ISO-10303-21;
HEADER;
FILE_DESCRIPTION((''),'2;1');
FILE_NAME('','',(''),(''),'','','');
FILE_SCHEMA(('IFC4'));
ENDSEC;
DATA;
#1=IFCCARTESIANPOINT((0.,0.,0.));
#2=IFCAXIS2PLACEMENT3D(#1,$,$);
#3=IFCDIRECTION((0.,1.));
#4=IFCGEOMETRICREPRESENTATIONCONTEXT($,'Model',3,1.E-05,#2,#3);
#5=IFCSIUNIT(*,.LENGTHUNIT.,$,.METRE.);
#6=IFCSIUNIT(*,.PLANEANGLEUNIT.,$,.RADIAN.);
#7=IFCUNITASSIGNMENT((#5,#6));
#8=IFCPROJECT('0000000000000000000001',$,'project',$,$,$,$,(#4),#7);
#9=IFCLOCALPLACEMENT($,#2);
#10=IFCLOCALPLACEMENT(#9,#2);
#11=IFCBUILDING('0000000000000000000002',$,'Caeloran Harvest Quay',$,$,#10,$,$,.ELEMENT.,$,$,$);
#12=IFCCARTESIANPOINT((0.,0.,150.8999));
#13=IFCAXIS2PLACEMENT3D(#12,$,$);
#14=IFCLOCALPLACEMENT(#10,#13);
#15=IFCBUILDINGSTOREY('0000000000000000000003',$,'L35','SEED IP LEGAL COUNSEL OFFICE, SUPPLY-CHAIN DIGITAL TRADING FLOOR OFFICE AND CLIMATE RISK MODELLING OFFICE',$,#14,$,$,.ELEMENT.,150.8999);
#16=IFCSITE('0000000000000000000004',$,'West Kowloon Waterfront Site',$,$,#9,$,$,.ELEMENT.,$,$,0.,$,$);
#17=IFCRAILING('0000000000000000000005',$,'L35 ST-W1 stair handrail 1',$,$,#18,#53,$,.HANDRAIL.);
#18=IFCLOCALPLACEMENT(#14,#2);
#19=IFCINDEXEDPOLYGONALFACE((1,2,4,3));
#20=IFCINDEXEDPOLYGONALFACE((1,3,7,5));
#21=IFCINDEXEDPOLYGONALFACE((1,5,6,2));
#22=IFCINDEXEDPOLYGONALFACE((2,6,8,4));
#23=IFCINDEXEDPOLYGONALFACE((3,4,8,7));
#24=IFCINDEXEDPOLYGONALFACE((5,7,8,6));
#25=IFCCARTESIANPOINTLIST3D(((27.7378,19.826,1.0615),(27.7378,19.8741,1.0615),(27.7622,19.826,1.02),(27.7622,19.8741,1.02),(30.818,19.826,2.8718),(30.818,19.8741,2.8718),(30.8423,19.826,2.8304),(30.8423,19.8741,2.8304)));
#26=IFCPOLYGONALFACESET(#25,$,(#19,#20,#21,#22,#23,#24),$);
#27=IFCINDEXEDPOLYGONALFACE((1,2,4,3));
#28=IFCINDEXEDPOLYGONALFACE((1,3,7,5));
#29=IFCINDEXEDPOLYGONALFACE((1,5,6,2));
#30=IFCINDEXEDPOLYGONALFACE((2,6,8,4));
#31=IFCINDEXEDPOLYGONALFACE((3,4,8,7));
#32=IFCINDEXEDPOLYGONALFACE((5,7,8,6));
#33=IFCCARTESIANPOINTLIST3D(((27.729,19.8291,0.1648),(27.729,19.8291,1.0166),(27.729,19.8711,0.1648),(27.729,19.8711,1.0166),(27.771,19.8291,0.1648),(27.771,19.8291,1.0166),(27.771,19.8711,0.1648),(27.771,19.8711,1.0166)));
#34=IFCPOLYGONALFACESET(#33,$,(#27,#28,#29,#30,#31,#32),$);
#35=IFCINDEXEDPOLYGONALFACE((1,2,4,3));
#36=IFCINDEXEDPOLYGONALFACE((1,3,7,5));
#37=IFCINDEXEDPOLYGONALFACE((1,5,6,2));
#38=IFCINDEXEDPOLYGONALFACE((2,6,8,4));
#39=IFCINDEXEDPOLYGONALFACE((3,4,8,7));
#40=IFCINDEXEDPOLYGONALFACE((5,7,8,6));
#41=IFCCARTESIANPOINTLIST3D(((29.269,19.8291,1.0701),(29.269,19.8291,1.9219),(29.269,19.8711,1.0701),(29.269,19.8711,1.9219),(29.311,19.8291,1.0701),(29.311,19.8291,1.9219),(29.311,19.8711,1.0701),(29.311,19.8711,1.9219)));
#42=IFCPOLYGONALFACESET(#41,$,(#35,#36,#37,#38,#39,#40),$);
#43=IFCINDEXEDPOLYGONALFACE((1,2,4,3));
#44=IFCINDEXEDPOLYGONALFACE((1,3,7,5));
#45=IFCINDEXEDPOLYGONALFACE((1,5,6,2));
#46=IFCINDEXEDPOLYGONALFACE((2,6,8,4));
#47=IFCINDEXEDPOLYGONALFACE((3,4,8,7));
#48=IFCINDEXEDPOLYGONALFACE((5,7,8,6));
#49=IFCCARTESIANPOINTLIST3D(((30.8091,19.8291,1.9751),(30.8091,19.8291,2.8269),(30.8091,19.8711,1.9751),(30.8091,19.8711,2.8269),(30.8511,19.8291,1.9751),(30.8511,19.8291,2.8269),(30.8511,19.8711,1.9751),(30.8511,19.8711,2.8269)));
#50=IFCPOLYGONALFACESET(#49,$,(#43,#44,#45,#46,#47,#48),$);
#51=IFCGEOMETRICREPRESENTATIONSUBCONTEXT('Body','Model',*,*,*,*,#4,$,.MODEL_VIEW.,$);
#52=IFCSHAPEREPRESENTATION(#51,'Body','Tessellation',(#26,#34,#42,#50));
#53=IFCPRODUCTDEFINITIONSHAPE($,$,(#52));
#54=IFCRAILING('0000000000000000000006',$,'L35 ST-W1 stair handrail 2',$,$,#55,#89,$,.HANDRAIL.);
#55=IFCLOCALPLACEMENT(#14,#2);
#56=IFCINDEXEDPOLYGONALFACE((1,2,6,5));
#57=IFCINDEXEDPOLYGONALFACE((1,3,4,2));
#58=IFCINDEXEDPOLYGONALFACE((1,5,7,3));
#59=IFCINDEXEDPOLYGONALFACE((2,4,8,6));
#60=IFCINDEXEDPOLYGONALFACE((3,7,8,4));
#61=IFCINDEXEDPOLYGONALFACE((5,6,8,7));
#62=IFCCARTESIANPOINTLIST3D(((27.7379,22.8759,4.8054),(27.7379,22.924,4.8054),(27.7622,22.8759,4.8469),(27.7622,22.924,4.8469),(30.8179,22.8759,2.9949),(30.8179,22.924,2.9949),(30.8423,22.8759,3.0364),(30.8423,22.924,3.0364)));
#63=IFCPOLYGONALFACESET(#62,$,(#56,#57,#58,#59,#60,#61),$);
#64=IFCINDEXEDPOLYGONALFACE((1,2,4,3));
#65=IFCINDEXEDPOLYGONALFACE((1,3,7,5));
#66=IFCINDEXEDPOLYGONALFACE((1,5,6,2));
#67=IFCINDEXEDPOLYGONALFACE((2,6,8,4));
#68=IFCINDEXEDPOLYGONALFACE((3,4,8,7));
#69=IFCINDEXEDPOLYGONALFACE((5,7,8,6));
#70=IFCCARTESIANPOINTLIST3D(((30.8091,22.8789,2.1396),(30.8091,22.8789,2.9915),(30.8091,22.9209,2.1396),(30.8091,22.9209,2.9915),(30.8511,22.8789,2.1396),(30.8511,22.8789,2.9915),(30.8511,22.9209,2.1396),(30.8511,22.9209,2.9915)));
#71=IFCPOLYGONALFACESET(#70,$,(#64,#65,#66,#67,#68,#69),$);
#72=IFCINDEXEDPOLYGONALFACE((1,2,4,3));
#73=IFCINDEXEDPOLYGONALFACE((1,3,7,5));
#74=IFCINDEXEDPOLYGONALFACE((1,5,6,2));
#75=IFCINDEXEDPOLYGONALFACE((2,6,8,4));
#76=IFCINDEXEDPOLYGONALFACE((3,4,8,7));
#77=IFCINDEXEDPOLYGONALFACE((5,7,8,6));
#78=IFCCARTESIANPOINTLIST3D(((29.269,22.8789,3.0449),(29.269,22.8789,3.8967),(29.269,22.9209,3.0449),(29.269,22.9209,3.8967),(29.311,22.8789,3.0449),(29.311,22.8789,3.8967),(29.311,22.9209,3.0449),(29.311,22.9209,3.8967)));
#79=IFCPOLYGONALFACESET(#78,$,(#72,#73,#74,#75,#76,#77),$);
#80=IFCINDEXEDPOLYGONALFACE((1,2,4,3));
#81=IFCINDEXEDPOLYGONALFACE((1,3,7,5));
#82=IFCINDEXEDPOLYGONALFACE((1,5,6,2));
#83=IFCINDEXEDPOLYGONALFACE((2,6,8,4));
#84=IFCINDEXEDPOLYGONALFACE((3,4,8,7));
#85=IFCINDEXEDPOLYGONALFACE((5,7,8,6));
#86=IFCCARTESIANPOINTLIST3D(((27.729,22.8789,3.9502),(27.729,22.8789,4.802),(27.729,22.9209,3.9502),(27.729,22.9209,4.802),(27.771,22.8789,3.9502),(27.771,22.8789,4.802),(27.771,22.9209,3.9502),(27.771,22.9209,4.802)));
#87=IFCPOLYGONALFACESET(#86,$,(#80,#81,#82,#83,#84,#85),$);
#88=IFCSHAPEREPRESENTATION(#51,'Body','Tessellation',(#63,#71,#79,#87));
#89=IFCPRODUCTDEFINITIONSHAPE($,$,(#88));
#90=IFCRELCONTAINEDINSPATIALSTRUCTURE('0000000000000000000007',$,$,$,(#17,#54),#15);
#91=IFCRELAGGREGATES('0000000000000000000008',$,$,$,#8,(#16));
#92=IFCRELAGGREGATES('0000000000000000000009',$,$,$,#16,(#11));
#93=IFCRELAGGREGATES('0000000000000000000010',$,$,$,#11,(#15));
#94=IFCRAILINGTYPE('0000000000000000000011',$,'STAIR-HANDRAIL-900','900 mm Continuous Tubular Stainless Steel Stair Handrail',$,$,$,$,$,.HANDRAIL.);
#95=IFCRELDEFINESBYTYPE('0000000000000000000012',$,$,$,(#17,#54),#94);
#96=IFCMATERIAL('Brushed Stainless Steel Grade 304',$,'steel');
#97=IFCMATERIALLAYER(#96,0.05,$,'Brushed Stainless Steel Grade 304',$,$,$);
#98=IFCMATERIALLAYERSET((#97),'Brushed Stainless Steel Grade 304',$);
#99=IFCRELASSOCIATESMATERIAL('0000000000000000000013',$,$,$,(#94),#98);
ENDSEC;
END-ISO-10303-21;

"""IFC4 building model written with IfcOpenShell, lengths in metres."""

from ifc_helpers import new_model, si_unit, direction, frame, origin, origin_2d, place, context, subcontext, project, spatial, rectangle, extrude, material, layer, layer_set, type_object, element, save


model = new_model("IFC4")

# Units and contexts
model_context = context("Model", 3, precision=1e-05, world=origin(), true_north=direction((0.0, 1.0)))
body_context = subcontext(model_context, "Body", "Model", "MODEL_VIEW")
ifc_project = project(units=[si_unit("LENGTHUNIT", "METRE"), si_unit("PLANEANGLEUNIT", "RADIAN")], contexts=[model_context])

# Site, building, storey
site_placement = place(None, origin())
site = spatial("IfcSite", under=ifc_project, at=site_placement, Name="West Kowloon Waterfront Site", CompositionType="ELEMENT", RefElevation=0.0)
building_placement = place(site_placement, origin())
building = spatial("IfcBuilding", under=site, at=building_placement, Name="Caeloran Harvest Quay", CompositionType="ELEMENT")
storey_placement = place(building_placement, frame((0.0, 0.0, 150.8999)))
storey = spatial("IfcBuildingStorey", under=building, at=storey_placement, Name="L35", Description="SEED IP LEGAL COUNSEL OFFICE, SUPPLY-CHAIN DIGITAL TRADING FLOOR OFFICE AND CLIMATE RISK MODELLING OFFICE", CompositionType="ELEMENT", Elevation=150.8999)

# Railings
ifc_material_1 = material(Name="Brushed Stainless Steel Grade 304", Category="steel")
ifc_layer_1 = layer(ifc_material_1, 0.05, Name="Brushed Stainless Steel Grade 304")
ifc_layer_set_1 = layer_set([ifc_layer_1], Name="Brushed Stainless Steel Grade 304")
railing_type_1 = type_object("IfcRailingType", Name="STAIR-HANDRAIL-900", Description="900 mm Continuous Tubular Stainless Steel Stair Handrail", PredefinedType="HANDRAIL", material=ifc_layer_set_1)
railing_1_placement = place(storey_placement, frame((27.75, 19.8501, 0.1648)))
element("IfcRailing", 1, at=railing_1_placement, inside=storey, type_object=railing_type_1, Name="L35 ST-W1 stair handrail 1", PredefinedType="HANDRAIL", context=body_context, shape_type="SweptSolid", body=[
    extrude(rectangle(XDim=0.0481, YDim=0.0481, at=origin_2d()), frame((0.0, 0.0, 0.876), z_axis=(0.862119, 0.0, 0.506707), x_axis=(0.0, 1.0, 0.0)), (0.0, 0.0, 1.0), 3.5728),
    extrude(rectangle(XDim=0.042, YDim=0.042, at=origin_2d()), origin(), (0.0, 0.0, 1.0), 0.8518),
    extrude(rectangle(XDim=0.042, YDim=0.042, at=origin_2d()), frame((1.54, 0.0, 0.9053)), (0.0, 0.0, 1.0), 0.8518),
    extrude(rectangle(XDim=0.042, YDim=0.042, at=origin_2d()), frame((3.0801, 0.0, 1.8103)), (0.0, 0.0, 1.0), 0.8518),
])
railing_2_placement = place(storey_placement, frame((30.8301, 22.8999, 2.1396)))
element("IfcRailing", 2, at=railing_2_placement, inside=storey, type_object=railing_type_1, Name="L35 ST-W1 stair handrail 2", PredefinedType="HANDRAIL", context=body_context, shape_type="SweptSolid", body=[
    extrude(rectangle(XDim=0.0481, YDim=0.0481, at=origin_2d()), frame((0.0, 0.0, 0.876), z_axis=(-0.862089, 0.0, 0.506757), x_axis=(0.0, -1.0, 0.0)), (0.0, 0.0, 1.0), 3.5728),
    extrude(rectangle(XDim=0.042, YDim=0.042, at=origin_2d()), origin(), (0.0, 0.0, 1.0), 0.8518),
    extrude(rectangle(XDim=0.042, YDim=0.042, at=origin_2d()), frame((-1.54, 0.0, 0.9053)), (0.0, 0.0, 1.0), 0.8518),
    extrude(rectangle(XDim=0.042, YDim=0.042, at=origin_2d()), frame((-3.0801, 0.0, 1.8105)), (0.0, 0.0, 1.0), 0.8518),
])

save(model, "model.ifc")
